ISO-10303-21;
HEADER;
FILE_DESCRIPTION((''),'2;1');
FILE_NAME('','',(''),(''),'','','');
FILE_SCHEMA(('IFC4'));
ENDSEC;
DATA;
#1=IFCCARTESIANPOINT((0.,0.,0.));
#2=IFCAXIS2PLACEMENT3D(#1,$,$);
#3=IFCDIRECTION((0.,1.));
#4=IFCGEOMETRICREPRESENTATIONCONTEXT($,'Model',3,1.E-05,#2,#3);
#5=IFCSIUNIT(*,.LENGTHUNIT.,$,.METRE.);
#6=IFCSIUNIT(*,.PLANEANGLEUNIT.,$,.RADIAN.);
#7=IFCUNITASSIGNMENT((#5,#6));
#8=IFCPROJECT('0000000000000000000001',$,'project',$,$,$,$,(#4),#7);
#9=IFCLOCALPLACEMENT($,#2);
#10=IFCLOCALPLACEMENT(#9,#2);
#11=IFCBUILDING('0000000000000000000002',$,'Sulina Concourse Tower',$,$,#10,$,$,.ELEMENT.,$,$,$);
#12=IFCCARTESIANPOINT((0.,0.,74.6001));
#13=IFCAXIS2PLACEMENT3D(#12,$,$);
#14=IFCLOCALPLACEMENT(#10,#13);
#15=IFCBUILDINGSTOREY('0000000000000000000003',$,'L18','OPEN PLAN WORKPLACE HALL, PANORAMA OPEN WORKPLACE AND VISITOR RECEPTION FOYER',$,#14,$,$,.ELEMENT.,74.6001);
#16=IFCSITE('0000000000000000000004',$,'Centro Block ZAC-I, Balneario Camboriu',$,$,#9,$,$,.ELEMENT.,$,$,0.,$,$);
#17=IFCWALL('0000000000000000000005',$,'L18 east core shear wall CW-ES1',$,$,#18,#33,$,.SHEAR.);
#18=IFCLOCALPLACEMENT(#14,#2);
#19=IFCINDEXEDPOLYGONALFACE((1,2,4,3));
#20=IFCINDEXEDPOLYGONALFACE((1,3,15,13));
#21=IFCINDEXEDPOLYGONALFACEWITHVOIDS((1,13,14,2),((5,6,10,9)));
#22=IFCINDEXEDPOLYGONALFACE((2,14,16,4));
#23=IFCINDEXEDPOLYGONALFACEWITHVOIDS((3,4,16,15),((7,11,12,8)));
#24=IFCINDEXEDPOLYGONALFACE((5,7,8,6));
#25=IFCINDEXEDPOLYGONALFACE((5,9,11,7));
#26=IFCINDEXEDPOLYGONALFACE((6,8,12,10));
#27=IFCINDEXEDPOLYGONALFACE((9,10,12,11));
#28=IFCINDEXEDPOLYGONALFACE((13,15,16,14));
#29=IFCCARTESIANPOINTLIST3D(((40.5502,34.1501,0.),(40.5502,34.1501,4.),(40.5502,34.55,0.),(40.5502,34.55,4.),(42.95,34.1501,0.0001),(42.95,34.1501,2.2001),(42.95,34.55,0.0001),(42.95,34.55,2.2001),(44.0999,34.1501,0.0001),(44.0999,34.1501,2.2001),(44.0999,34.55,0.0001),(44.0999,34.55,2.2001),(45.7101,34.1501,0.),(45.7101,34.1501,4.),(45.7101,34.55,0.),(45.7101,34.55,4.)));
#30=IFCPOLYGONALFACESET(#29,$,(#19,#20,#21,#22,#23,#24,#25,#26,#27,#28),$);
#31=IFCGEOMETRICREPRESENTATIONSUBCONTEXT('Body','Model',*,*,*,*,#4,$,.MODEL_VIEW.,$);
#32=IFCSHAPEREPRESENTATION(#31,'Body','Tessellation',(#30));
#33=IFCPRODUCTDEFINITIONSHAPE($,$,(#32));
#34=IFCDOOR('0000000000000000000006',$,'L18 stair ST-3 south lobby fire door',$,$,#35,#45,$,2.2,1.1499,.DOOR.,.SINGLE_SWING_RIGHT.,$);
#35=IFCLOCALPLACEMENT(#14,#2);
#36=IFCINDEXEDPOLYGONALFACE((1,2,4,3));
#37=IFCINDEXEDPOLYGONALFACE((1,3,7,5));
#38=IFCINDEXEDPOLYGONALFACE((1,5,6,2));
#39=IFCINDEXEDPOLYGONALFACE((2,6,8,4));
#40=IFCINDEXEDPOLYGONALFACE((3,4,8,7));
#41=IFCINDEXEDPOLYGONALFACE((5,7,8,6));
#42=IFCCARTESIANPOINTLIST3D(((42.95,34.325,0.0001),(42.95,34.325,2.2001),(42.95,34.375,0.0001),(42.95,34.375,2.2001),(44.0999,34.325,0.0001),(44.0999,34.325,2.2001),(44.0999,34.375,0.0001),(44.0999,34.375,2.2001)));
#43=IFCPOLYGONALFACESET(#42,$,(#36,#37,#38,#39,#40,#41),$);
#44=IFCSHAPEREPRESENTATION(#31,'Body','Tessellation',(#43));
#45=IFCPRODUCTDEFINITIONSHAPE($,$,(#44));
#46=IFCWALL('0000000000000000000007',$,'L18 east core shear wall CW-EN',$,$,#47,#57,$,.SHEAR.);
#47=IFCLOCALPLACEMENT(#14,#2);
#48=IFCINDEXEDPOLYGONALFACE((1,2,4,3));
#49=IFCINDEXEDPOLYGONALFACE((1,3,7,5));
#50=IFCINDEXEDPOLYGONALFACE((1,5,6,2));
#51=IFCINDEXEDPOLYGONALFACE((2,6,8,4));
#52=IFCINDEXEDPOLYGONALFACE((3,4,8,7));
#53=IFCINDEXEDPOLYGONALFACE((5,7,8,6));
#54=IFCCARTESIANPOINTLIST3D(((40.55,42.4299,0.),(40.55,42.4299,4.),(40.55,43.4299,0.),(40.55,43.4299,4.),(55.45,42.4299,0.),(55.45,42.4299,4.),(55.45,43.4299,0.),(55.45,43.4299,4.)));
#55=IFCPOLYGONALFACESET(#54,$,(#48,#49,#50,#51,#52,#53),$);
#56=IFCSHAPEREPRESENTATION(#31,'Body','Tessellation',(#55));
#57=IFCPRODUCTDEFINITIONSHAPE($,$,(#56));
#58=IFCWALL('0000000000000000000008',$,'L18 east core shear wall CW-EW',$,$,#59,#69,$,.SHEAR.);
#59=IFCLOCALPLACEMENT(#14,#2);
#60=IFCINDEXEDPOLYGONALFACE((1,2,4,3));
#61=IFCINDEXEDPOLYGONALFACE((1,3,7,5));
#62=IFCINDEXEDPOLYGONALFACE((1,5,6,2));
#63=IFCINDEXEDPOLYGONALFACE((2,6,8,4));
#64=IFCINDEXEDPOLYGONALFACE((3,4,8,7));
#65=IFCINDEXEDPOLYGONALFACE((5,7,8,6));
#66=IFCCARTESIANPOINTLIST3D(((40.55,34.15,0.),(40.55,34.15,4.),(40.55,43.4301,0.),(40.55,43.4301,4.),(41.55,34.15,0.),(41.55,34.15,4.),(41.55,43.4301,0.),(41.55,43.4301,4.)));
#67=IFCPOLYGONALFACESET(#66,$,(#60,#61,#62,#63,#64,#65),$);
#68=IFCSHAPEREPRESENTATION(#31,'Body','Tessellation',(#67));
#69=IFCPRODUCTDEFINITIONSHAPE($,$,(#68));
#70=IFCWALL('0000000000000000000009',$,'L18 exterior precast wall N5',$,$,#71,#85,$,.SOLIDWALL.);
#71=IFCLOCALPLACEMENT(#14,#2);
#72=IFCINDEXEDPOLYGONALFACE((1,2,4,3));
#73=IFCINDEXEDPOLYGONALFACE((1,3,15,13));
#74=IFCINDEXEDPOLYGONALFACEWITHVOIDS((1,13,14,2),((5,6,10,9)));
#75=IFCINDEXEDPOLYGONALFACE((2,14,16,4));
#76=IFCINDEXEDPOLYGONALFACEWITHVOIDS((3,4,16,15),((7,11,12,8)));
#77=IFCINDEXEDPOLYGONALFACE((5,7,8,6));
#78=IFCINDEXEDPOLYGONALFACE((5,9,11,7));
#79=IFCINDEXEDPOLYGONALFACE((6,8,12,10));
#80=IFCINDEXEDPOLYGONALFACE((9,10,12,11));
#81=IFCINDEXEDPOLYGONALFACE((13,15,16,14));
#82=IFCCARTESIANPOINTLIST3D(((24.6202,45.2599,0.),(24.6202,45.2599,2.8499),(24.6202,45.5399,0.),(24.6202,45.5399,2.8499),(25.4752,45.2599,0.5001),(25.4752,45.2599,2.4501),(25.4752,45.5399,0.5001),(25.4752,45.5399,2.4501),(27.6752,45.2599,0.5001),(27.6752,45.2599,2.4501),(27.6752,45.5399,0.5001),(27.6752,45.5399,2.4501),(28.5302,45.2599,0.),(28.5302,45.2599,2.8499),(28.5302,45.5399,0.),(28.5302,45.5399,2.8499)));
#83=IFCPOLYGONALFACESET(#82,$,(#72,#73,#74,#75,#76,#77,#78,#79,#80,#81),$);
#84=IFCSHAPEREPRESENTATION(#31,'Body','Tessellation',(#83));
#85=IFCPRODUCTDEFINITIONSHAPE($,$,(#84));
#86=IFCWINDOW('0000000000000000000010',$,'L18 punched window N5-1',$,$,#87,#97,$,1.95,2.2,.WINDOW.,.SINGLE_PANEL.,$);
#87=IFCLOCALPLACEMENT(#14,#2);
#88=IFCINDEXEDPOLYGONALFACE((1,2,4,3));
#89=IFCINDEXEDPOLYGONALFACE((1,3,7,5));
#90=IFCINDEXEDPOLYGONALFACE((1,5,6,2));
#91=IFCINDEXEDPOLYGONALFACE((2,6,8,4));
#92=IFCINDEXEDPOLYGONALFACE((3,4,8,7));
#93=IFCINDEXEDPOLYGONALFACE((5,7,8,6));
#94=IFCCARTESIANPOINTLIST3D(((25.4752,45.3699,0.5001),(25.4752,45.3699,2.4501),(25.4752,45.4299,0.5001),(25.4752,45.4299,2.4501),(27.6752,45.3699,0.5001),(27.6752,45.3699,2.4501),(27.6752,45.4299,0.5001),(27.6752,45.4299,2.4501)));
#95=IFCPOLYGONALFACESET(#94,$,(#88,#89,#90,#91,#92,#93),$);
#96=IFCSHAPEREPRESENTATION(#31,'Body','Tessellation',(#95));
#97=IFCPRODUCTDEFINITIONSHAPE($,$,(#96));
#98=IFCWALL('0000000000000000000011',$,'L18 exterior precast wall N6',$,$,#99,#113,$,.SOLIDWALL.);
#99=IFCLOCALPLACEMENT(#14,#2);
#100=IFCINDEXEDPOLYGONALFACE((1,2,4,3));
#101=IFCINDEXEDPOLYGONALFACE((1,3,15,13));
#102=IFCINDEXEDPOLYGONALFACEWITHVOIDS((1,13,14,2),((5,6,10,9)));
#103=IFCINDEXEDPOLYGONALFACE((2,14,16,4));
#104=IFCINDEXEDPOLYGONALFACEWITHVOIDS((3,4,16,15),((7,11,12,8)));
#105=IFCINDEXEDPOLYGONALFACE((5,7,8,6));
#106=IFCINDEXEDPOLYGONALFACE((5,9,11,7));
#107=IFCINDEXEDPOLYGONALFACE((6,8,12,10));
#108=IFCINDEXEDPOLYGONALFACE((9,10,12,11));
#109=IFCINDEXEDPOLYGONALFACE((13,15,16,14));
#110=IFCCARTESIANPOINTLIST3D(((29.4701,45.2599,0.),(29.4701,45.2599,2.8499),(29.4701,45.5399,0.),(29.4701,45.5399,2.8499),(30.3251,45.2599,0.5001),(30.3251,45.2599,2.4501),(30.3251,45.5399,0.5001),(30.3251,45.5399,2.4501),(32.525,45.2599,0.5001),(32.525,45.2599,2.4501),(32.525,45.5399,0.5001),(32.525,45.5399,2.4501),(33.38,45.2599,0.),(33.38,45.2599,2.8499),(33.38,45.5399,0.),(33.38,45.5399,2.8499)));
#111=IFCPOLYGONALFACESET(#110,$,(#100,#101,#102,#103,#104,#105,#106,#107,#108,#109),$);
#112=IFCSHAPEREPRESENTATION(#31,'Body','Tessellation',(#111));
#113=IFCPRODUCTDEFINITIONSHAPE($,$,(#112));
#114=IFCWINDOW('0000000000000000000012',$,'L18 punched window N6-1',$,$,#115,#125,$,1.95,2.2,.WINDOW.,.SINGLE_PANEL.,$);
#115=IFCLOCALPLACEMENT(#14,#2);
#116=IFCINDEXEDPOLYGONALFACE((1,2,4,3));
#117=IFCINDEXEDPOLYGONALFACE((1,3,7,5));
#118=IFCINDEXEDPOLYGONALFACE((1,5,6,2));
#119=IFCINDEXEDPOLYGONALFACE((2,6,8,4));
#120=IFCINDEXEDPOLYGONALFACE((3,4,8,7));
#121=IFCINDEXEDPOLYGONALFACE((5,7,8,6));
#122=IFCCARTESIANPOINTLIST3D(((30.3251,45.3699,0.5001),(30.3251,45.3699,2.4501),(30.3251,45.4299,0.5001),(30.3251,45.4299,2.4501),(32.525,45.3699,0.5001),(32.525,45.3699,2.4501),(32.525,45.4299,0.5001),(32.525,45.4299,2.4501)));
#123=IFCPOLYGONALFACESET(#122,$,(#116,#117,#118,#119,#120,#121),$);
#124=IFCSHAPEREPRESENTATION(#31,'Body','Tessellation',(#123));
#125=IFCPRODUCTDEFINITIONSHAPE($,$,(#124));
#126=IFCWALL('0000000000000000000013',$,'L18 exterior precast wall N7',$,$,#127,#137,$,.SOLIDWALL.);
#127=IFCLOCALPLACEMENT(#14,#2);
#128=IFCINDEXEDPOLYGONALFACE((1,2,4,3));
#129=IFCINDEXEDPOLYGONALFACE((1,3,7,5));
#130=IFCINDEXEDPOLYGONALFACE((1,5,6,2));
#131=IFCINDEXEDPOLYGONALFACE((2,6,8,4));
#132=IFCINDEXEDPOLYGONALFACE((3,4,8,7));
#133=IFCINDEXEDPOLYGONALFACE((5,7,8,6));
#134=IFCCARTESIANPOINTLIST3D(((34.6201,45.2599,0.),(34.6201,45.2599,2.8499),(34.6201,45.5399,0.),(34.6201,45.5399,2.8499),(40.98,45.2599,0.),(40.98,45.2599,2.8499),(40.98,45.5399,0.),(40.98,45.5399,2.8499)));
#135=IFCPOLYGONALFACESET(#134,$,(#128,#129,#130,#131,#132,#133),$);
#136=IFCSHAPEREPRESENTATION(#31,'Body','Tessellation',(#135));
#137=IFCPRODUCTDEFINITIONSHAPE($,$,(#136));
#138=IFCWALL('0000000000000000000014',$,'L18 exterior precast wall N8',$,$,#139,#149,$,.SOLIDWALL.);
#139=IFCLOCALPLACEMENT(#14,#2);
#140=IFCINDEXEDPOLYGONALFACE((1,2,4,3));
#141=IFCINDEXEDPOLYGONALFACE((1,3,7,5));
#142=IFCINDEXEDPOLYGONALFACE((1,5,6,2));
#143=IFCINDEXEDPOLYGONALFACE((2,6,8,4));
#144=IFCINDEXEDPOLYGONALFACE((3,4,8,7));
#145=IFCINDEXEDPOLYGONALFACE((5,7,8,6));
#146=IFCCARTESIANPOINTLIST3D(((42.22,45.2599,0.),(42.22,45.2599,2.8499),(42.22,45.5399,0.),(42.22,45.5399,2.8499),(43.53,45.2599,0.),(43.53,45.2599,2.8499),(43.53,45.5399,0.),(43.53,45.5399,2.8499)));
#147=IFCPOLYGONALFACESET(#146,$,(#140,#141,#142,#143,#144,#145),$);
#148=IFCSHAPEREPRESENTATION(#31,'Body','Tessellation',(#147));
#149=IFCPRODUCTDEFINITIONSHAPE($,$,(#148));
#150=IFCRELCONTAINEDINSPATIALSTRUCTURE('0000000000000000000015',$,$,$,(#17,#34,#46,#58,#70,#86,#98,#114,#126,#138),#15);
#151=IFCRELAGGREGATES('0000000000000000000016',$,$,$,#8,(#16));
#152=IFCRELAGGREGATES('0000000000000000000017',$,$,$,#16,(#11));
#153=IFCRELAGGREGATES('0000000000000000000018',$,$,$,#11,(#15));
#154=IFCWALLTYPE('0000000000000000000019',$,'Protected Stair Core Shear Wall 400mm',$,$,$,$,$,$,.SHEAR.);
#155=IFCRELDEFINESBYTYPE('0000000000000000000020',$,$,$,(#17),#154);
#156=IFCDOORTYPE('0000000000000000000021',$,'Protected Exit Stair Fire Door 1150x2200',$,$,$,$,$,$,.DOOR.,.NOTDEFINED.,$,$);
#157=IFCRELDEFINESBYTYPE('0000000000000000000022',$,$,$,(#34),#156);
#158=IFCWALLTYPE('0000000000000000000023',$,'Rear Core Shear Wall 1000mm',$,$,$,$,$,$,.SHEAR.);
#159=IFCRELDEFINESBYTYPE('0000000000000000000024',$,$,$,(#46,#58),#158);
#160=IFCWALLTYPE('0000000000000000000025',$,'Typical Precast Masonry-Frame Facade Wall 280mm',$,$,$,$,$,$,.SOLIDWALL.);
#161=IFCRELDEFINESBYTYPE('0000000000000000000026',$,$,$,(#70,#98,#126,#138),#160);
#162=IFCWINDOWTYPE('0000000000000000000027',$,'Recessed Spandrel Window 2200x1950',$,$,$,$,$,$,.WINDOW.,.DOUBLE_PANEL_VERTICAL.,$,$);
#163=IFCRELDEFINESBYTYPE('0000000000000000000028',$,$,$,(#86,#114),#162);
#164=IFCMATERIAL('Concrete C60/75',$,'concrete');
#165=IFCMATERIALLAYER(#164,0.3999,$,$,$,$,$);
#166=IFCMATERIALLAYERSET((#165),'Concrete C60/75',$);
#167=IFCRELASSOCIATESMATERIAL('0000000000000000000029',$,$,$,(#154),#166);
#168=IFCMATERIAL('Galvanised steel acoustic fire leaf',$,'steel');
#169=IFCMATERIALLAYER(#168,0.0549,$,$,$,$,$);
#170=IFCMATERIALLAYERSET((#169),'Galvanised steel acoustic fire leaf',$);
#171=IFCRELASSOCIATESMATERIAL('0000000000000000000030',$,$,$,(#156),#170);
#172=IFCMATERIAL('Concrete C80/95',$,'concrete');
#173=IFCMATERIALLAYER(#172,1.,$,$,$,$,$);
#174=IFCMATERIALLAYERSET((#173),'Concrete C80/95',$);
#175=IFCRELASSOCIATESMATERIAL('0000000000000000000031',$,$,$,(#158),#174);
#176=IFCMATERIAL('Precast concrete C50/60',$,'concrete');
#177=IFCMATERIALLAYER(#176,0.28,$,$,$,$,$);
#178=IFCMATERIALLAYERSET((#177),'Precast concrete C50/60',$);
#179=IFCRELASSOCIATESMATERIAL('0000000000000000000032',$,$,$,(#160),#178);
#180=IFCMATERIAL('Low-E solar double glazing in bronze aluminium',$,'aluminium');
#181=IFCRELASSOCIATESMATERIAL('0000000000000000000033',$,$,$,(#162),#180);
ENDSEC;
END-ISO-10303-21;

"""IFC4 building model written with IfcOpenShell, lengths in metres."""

from ifc_helpers import new_model, si_unit, direction, frame, frame_2d, origin, place, context, subcontext, project, spatial, rectangle, extrude, material, layer, layer_set, type_object, element, fill, save


model = new_model("IFC4")

# Units and contexts
model_context = context("Model", 3, precision=1e-05, world=origin(), true_north=direction((0.0, 1.0)))
body_context = subcontext(model_context, "Body", "Model", "MODEL_VIEW")
ifc_project = project(units=[si_unit("LENGTHUNIT", "METRE"), si_unit("PLANEANGLEUNIT", "RADIAN")], contexts=[model_context])

# Site, building, storey
site_placement = place(None, origin())
site = spatial("IfcSite", under=ifc_project, at=site_placement, Name="Centro Block ZAC-I, Balneario Camboriu", CompositionType="ELEMENT", RefElevation=0.0)
building_placement = place(site_placement, origin())
building = spatial("IfcBuilding", under=site, at=building_placement, Name="Sulina Concourse Tower", CompositionType="ELEMENT")
storey_placement = place(building_placement, frame((0.0, 0.0, 74.6001)))
storey = spatial("IfcBuildingStorey", under=building, at=storey_placement, Name="L18", Description="OPEN PLAN WORKPLACE HALL, PANORAMA OPEN WORKPLACE AND VISITOR RECEPTION FOYER", CompositionType="ELEMENT", Elevation=74.6001)

# Wall, opening, door
ifc_material_1 = material(Name="Concrete C60/75", Category="concrete")
ifc_layer_1 = layer(ifc_material_1, 0.3999)
ifc_layer_set_1 = layer_set([ifc_layer_1], Name="Concrete C60/75")
wall_type_1 = type_object("IfcWallType", Name="Protected Stair Core Shear Wall 400mm", PredefinedType="SHEAR", material=ifc_layer_set_1)
wall_1_placement = place(storey_placement, frame((40.55, 34.3501, 0.0), z_axis=(0.0, 0.0, 1.0), x_axis=(1.0, 0.0, 0.0)))
wall_1 = element("IfcWall", 1, at=wall_1_placement, inside=storey, type_object=wall_type_1, Name="L18 east core shear wall CW-ES1", PredefinedType="SHEAR", context=body_context, shape_type="SweptSolid", body=[
    extrude(rectangle(XDim=5.1599, YDim=0.3999, at=frame_2d((2.5801, 0.0))), origin(), (0.0, 0.0, 1.0), 4.0),
])
opening_1_placement = place(wall_1_placement, frame((2.3999, 0.0, 0.0)))
opening_1 = element("IfcOpeningElement", 2, at=opening_1_placement, cuts=wall_1, PredefinedType="OPENING", context=body_context, shape_type="SweptSolid", body=[
    extrude(rectangle(XDim=1.1499, YDim=2.2, at=frame_2d((0.575, 1.1001))), frame((0.0, 0.21, 0.0), z_axis=(0.0, -1.0, 0.0), x_axis=(1.0, 0.0, 0.0)), (0.0, 0.0, 1.0), 0.4199),
])
ifc_material_2 = material(Name="Galvanised steel acoustic fire leaf", Category="steel")
ifc_layer_2 = layer(ifc_material_2, 0.0549)
ifc_layer_set_2 = layer_set([ifc_layer_2], Name="Galvanised steel acoustic fire leaf")
door_type = type_object("IfcDoorType", Name="Protected Exit Stair Fire Door 1150x2200", OperationType="NOTDEFINED", PredefinedType="DOOR", material=ifc_layer_set_2)
door_placement = place(opening_1_placement, origin())
door = element("IfcDoor", 3, at=door_placement, inside=storey, type_object=door_type, Name="L18 stair ST-3 south lobby fire door", OperationType="SINGLE_SWING_RIGHT", OverallHeight=2.2, OverallWidth=1.1499, PredefinedType="DOOR", context=body_context, shape_type="SweptSolid", body=[
    extrude(rectangle(XDim=1.1499, YDim=2.2, at=frame_2d((0.575, 1.1001))), frame((0.0, 0.0249, 0.0), z_axis=(0.0, -1.0, 0.0), x_axis=(1.0, 0.0, 0.0)), (0.0, 0.0, 1.0), 0.05),
])
fill(opening_1, door)

# Walls
ifc_material_3 = material(Name="Concrete C80/95", Category="concrete")
ifc_layer_3 = layer(ifc_material_3, 1.0)
ifc_layer_set_3 = layer_set([ifc_layer_3], Name="Concrete C80/95")
wall_type_2 = type_object("IfcWallType", Name="Rear Core Shear Wall 1000mm", PredefinedType="SHEAR", material=ifc_layer_set_3)
wall_2_placement = place(storey_placement, frame((40.55, 42.9299, 0.0), z_axis=(0.0, 0.0, 1.0), x_axis=(1.0, 0.0, 0.0)))
element("IfcWall", 4, at=wall_2_placement, inside=storey, type_object=wall_type_2, Name="L18 east core shear wall CW-EN", PredefinedType="SHEAR", context=body_context, shape_type="SweptSolid", body=[
    extrude(rectangle(XDim=14.8999, YDim=1.0, at=frame_2d((7.45, 0.0))), origin(), (0.0, 0.0, 1.0), 4.0),
])
wall_3_placement = place(storey_placement, frame((41.05, 34.1499, 0.0), z_axis=(0.0, 0.0, 1.0), x_axis=(0.0, 1.0, 0.0)))
element("IfcWall", 5, at=wall_3_placement, inside=storey, type_object=wall_type_2, Name="L18 east core shear wall CW-EW", PredefinedType="SHEAR", context=body_context, shape_type="SweptSolid", body=[
    extrude(rectangle(XDim=9.28, YDim=1.0, at=frame_2d((4.6401, 0.0))), origin(), (0.0, 0.0, 1.0), 4.0),
])

# Walls, openings, windows
ifc_material_4 = material(Name="Precast concrete C50/60", Category="concrete")
ifc_layer_4 = layer(ifc_material_4, 0.28)
ifc_layer_set_4 = layer_set([ifc_layer_4], Name="Precast concrete C50/60")
wall_type_3 = type_object("IfcWallType", Name="Typical Precast Masonry-Frame Facade Wall 280mm", PredefinedType="SOLIDWALL", material=ifc_layer_set_4)
wall_4_placement = place(storey_placement, frame((24.6201, 45.3999, 0.0), z_axis=(0.0, 0.0, 1.0), x_axis=(1.0, 0.0, 0.0)))
wall_4 = element("IfcWall", 6, at=wall_4_placement, inside=storey, type_object=wall_type_3, Name="L18 exterior precast wall N5", PredefinedType="SOLIDWALL", context=body_context, shape_type="SweptSolid", body=[
    extrude(rectangle(XDim=3.9099, YDim=0.28, at=frame_2d((1.9551, 0.0))), origin(), (0.0, 0.0, 1.0), 2.8499),
])
opening_2_placement = place(wall_4_placement, frame((0.855, 0.0, 0.5)))
opening_2 = element("IfcOpeningElement", 7, at=opening_2_placement, cuts=wall_4, PredefinedType="OPENING", context=body_context, shape_type="SweptSolid", body=[
    extrude(rectangle(XDim=2.2, YDim=1.95, at=frame_2d((1.1001, 0.9751))), frame((0.0, 0.1499, 0.0), z_axis=(0.0, -1.0, 0.0), x_axis=(1.0, 0.0, 0.0)), (0.0, 0.0, 1.0), 0.3),
])
ifc_material_5 = material(Name="Low-E solar double glazing in bronze aluminium", Category="aluminium")
window_type = type_object("IfcWindowType", Name="Recessed Spandrel Window 2200x1950", PartitioningType="DOUBLE_PANEL_VERTICAL", PredefinedType="WINDOW", material=ifc_material_5)
window_1_placement = place(opening_2_placement, origin())
window_1 = element("IfcWindow", 8, at=window_1_placement, inside=storey, type_object=window_type, Name="L18 punched window N5-1", OverallHeight=1.95, OverallWidth=2.2, PartitioningType="SINGLE_PANEL", PredefinedType="WINDOW", context=body_context, shape_type="SweptSolid", body=[
    extrude(rectangle(XDim=2.2, YDim=1.95, at=frame_2d((1.1001, 0.9751))), frame((0.0, 0.03, 0.0), z_axis=(0.0, -1.0, 0.0), x_axis=(1.0, 0.0, 0.0)), (0.0, 0.0, 1.0), 0.0601),
])
fill(opening_2, window_1)
wall_5_placement = place(storey_placement, frame((29.47, 45.3999, 0.0), z_axis=(0.0, 0.0, 1.0), x_axis=(1.0, 0.0, 0.0)))
wall_5 = element("IfcWall", 9, at=wall_5_placement, inside=storey, type_object=wall_type_3, Name="L18 exterior precast wall N6", PredefinedType="SOLIDWALL", context=body_context, shape_type="SweptSolid", body=[
    extrude(rectangle(XDim=3.9099, YDim=0.28, at=frame_2d((1.9551, 0.0))), origin(), (0.0, 0.0, 1.0), 2.8499),
])
opening_3_placement = place(wall_5_placement, frame((0.855, 0.0, 0.5)))
opening_3 = element("IfcOpeningElement", 10, at=opening_3_placement, cuts=wall_5, PredefinedType="OPENING", context=body_context, shape_type="SweptSolid", body=[
    extrude(rectangle(XDim=2.2, YDim=1.95, at=frame_2d((1.1001, 0.9751))), frame((0.0, 0.1499, 0.0), z_axis=(0.0, -1.0, 0.0), x_axis=(1.0, 0.0, 0.0)), (0.0, 0.0, 1.0), 0.3),
])
window_2_placement = place(opening_3_placement, origin())
window_2 = element("IfcWindow", 11, at=window_2_placement, inside=storey, type_object=window_type, Name="L18 punched window N6-1", OverallHeight=1.95, OverallWidth=2.2, PartitioningType="SINGLE_PANEL", PredefinedType="WINDOW", context=body_context, shape_type="SweptSolid", body=[
    extrude(rectangle(XDim=2.2, YDim=1.95, at=frame_2d((1.1001, 0.9751))), frame((0.0, 0.03, 0.0), z_axis=(0.0, -1.0, 0.0), x_axis=(1.0, 0.0, 0.0)), (0.0, 0.0, 1.0), 0.0601),
])
fill(opening_3, window_2)

# Walls
wall_6_placement = place(storey_placement, frame((34.6201, 45.3999, 0.0), z_axis=(0.0, 0.0, 1.0), x_axis=(1.0, 0.0, 0.0)))
element("IfcWall", 12, at=wall_6_placement, inside=storey, type_object=wall_type_3, Name="L18 exterior precast wall N7", PredefinedType="SOLIDWALL", context=body_context, shape_type="SweptSolid", body=[
    extrude(rectangle(XDim=6.3599, YDim=0.28, at=frame_2d((3.1799, 0.0))), origin(), (0.0, 0.0, 1.0), 2.8499),
])
wall_7_placement = place(storey_placement, frame((42.22, 45.3999, 0.0), z_axis=(0.0, 0.0, 1.0), x_axis=(1.0, 0.0, 0.0)))
element("IfcWall", 13, at=wall_7_placement, inside=storey, type_object=wall_type_3, Name="L18 exterior precast wall N8", PredefinedType="SOLIDWALL", context=body_context, shape_type="SweptSolid", body=[
    extrude(rectangle(XDim=1.3101, YDim=0.28, at=frame_2d((0.655, 0.0))), origin(), (0.0, 0.0, 1.0), 2.8499),
])

save(model, "model.ifc")
